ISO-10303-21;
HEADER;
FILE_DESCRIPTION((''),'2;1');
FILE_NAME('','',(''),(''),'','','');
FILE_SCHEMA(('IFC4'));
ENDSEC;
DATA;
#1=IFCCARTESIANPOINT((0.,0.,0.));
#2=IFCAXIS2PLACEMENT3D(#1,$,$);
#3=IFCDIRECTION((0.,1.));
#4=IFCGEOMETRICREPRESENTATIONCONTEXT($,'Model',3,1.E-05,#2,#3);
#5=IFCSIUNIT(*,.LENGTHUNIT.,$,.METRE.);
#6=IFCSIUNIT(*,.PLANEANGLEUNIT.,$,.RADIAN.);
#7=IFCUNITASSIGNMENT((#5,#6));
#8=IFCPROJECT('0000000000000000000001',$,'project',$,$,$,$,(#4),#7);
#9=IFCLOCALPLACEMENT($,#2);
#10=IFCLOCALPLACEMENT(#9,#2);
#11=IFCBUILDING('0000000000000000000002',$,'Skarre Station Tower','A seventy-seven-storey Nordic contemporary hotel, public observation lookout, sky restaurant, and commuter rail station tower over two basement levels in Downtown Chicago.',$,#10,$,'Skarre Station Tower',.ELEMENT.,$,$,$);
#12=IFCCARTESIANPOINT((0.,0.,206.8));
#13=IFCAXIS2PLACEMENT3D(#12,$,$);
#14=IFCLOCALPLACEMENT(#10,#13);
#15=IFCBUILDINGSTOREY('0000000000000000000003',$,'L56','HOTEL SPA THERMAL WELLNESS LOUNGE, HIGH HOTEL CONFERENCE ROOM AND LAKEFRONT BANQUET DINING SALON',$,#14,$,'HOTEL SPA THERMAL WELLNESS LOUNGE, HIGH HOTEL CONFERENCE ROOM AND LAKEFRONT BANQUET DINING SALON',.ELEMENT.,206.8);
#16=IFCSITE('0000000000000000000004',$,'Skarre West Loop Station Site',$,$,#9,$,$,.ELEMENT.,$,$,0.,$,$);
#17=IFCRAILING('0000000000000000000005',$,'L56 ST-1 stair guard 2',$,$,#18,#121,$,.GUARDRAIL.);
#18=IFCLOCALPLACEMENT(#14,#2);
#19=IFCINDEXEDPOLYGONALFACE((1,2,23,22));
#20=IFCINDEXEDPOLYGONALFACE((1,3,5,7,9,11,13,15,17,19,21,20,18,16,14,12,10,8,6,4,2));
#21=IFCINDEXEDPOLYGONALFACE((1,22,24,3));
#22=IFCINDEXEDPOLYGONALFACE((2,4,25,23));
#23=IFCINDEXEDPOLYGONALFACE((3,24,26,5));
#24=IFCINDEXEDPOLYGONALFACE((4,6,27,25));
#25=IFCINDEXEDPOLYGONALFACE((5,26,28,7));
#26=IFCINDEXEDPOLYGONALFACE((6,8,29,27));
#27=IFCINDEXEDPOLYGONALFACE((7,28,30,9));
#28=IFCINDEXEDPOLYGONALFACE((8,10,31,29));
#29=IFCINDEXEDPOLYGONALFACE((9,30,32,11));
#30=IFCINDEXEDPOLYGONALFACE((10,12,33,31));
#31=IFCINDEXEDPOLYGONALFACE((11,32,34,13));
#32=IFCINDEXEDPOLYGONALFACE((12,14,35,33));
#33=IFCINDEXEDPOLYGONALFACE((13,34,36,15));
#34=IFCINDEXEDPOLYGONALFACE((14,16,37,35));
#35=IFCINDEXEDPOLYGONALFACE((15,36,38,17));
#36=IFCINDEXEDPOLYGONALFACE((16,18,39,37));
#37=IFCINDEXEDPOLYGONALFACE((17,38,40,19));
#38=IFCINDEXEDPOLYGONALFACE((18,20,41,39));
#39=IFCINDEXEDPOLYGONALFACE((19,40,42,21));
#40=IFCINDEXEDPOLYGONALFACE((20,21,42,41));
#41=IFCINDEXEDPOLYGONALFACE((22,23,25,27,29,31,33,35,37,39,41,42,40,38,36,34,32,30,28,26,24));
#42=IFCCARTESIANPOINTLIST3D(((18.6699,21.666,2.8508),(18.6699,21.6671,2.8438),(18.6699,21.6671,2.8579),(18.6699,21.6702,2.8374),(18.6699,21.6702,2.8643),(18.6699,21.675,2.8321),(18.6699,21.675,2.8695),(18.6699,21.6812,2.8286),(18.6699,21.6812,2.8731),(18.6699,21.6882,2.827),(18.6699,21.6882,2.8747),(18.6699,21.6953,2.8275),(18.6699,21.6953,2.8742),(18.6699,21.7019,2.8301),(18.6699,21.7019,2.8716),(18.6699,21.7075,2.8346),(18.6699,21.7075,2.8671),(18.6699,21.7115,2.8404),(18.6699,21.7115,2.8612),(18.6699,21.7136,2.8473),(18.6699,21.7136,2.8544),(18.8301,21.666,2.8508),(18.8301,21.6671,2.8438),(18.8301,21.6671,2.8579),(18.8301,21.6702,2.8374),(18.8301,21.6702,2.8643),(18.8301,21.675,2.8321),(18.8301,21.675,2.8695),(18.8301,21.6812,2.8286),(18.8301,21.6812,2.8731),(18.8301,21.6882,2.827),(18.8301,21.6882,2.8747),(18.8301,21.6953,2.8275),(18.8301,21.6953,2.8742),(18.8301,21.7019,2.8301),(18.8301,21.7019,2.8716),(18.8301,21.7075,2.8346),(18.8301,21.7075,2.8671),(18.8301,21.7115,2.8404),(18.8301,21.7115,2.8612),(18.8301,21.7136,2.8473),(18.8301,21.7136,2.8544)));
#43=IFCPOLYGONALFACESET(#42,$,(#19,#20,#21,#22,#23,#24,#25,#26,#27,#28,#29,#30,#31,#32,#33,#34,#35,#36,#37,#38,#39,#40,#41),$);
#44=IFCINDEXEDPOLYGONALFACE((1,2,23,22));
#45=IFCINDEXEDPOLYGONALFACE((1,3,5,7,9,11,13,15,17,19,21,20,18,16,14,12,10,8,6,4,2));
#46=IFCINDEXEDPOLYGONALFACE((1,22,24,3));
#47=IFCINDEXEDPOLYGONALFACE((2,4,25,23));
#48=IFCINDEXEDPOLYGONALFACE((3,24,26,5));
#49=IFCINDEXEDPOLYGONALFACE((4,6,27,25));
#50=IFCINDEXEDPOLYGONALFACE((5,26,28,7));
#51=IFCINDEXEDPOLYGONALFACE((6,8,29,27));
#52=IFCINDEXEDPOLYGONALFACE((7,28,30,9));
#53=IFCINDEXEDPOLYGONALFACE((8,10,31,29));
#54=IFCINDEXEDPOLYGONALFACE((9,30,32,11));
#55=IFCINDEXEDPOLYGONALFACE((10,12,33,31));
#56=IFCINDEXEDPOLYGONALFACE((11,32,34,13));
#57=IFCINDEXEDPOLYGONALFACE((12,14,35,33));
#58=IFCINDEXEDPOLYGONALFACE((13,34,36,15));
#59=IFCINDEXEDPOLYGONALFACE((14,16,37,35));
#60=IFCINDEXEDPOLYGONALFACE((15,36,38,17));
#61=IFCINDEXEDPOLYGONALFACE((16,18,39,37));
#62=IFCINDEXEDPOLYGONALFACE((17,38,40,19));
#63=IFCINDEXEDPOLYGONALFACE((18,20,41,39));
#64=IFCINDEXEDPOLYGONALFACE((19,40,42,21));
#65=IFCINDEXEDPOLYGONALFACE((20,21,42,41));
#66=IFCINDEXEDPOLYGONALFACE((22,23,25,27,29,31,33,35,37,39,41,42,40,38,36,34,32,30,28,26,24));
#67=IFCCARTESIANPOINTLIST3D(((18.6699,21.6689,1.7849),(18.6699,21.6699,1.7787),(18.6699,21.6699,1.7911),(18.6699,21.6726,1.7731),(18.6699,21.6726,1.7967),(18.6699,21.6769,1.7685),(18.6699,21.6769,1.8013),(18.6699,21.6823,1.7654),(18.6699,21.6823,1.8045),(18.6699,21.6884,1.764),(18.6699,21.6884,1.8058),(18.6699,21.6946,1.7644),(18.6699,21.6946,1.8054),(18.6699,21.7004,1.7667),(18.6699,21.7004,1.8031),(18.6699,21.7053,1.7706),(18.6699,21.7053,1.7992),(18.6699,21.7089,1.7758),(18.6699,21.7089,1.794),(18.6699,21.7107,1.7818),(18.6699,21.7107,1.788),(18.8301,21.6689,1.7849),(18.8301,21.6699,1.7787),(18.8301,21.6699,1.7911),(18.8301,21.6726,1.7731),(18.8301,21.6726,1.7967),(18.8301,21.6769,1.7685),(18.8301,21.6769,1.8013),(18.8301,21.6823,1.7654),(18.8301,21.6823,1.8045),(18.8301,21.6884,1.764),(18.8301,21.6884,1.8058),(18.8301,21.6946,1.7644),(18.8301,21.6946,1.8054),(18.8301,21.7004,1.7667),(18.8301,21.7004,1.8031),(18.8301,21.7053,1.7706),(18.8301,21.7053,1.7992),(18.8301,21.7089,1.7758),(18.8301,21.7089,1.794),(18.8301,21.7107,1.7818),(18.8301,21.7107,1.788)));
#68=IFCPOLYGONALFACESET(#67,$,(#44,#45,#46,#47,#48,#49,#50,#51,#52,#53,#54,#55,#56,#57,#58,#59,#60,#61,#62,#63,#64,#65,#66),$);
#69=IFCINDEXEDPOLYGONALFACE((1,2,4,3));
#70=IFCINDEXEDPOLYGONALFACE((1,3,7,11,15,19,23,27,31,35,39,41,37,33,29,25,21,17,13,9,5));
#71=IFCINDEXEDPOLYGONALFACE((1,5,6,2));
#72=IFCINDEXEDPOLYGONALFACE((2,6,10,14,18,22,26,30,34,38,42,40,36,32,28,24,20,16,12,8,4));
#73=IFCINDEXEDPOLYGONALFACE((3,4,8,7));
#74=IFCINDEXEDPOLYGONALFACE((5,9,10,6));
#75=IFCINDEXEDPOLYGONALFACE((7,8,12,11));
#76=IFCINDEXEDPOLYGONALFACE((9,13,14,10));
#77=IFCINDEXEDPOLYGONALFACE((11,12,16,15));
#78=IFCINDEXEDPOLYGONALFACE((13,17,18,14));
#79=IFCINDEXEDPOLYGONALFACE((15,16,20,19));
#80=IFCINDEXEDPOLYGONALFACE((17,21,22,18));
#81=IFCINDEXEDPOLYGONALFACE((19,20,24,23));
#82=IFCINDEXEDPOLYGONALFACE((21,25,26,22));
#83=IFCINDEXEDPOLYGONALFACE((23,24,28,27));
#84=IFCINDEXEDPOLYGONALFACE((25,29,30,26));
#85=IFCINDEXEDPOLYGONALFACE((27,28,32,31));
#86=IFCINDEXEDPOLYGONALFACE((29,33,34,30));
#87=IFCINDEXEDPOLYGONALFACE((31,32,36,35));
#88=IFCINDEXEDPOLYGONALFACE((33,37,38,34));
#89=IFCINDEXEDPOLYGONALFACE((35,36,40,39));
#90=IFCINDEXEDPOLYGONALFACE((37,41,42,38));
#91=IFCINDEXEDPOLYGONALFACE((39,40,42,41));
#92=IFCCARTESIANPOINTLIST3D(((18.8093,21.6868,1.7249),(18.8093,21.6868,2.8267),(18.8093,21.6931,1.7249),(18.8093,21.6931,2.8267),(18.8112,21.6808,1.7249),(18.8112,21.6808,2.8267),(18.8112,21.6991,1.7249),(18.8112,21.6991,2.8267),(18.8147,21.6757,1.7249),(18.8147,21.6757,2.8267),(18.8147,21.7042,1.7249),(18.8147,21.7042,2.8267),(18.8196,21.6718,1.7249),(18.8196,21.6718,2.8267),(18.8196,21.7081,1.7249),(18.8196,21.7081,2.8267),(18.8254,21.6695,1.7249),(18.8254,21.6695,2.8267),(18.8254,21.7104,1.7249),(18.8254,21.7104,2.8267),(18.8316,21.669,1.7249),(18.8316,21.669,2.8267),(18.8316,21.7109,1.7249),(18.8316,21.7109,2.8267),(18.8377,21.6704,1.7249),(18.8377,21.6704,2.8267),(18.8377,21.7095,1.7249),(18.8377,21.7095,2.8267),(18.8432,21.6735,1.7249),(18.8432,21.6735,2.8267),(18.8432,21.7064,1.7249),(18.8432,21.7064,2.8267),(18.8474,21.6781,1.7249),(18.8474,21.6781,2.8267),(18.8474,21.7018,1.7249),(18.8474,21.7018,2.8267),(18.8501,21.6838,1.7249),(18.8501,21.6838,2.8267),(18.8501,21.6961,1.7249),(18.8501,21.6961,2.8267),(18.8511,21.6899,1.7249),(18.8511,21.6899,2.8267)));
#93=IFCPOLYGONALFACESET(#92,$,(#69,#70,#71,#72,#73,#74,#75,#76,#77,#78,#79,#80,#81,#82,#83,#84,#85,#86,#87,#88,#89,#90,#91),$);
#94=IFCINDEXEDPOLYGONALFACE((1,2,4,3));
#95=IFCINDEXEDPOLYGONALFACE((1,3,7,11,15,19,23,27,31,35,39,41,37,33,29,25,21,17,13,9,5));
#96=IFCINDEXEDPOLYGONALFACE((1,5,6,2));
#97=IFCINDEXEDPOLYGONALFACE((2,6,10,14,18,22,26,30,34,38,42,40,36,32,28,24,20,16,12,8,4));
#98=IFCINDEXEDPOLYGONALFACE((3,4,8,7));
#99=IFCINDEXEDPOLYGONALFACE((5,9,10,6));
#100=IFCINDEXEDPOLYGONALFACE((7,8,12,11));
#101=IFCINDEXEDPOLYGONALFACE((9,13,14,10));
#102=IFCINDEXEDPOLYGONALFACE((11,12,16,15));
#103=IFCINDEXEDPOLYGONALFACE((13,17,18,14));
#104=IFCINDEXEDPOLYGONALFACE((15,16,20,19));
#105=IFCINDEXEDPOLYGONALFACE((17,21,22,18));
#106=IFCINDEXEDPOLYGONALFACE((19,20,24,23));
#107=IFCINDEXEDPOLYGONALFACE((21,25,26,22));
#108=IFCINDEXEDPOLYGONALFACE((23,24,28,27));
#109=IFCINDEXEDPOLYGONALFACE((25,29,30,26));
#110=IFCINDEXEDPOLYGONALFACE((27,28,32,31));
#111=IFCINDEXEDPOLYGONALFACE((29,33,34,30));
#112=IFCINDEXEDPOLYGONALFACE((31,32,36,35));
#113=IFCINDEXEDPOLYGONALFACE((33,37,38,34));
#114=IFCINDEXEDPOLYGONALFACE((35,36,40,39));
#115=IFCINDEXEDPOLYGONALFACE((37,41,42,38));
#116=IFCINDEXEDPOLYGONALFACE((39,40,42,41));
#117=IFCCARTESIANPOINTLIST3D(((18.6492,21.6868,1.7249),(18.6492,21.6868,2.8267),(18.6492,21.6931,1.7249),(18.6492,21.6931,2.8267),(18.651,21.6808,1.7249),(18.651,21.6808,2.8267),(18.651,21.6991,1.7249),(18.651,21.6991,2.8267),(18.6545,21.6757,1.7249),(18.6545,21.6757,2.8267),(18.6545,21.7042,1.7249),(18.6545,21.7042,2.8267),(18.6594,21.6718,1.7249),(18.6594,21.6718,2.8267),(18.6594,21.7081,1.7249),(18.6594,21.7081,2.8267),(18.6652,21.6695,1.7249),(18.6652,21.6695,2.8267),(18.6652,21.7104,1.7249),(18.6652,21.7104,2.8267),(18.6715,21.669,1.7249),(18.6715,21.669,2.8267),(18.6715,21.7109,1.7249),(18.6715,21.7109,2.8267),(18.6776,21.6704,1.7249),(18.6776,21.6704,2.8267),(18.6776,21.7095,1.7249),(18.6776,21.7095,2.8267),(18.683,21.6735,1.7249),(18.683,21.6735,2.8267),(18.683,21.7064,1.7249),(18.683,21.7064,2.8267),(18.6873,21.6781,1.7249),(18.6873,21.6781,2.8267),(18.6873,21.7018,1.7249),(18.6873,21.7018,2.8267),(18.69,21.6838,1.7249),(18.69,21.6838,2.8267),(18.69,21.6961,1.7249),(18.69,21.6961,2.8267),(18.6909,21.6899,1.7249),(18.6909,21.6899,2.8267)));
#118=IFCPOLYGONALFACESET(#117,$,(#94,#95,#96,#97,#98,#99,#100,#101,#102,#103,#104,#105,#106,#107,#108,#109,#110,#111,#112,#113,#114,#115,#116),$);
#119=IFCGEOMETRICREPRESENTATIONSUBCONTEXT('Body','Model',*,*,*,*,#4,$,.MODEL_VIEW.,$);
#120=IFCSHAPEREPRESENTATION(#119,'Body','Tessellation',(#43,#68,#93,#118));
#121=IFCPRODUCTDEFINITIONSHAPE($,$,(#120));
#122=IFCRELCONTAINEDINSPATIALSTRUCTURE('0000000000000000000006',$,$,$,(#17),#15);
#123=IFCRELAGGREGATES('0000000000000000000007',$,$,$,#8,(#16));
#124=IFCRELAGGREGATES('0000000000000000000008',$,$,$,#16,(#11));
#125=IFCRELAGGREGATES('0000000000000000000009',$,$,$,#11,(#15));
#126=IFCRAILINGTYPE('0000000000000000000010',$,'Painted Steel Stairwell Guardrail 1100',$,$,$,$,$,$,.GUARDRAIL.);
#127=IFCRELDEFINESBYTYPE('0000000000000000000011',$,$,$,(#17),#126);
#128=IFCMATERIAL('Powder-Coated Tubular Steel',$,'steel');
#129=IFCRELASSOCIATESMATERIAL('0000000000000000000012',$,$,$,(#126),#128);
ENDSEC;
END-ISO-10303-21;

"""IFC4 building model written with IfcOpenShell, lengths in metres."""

from ifc_helpers import new_model, si_unit, direction, frame, origin, origin_2d, place, context, subcontext, project, spatial, circle, extrude, material, type_object, element, save


model = new_model("IFC4")

# Units and contexts
model_context = context("Model", 3, precision=1e-05, world=origin(), true_north=direction((0.0, 1.0)))
body_context = subcontext(model_context, "Body", "Model", "MODEL_VIEW")
ifc_project = project(units=[si_unit("LENGTHUNIT", "METRE"), si_unit("PLANEANGLEUNIT", "RADIAN")], contexts=[model_context])

# Site, building, storey
site_placement = place(None, origin())
site = spatial("IfcSite", under=ifc_project, at=site_placement, Name="Skarre West Loop Station Site", CompositionType="ELEMENT", RefElevation=0.0)
building_placement = place(site_placement, origin())
building = spatial("IfcBuilding", under=site, at=building_placement, Name="Skarre Station Tower", Description="A seventy-seven-storey Nordic contemporary hotel, public observation lookout, sky restaurant, and commuter rail station tower over two basement levels in Downtown Chicago.", LongName="Skarre Station Tower", CompositionType="ELEMENT")
storey_placement = place(building_placement, frame((0.0, 0.0, 206.8)))
storey = spatial("IfcBuildingStorey", under=building, at=storey_placement, Name="L56", Description="HOTEL SPA THERMAL WELLNESS LOUNGE, HIGH HOTEL CONFERENCE ROOM AND LAKEFRONT BANQUET DINING SALON", LongName="HOTEL SPA THERMAL WELLNESS LOUNGE, HIGH HOTEL CONFERENCE ROOM AND LAKEFRONT BANQUET DINING SALON", CompositionType="ELEMENT", Elevation=206.8)

# Railing
ifc_material_1 = material(Name="Powder-Coated Tubular Steel", Category="steel")
railing_type_1 = type_object("IfcRailingType", Name="Painted Steel Stairwell Guardrail 1100", PredefinedType="GUARDRAIL", material=ifc_material_1)
railing_1_placement = place(storey_placement, frame((18.8301, 21.6899, 1.7249)))
element("IfcRailing", 1, at=railing_1_placement, inside=storey, type_object=railing_type_1, Name="L56 ST-1 stair guard 2", PredefinedType="GUARDRAIL", context=body_context, shape_type="SweptSolid", body=[
    extrude(circle(Radius=0.0239, at=origin_2d()), frame((0.0, 0.0, 1.126), z_axis=(-1.0, 0.0, 0.0), x_axis=(0.0, -1.0, 0.0)), (0.0, 0.0, 1.0), 0.1602),
    extrude(circle(Radius=0.021, at=origin_2d()), frame((0.0, 0.0, 0.0601), z_axis=(-1.0, 0.0, 0.0), x_axis=(0.0, -1.0, 0.0)), (0.0, 0.0, 1.0), 0.1602),
    extrude(circle(Radius=0.021, at=origin_2d()), origin(), (0.0, 0.0, 1.0), 1.1018),
    extrude(circle(Radius=0.021, at=origin_2d()), frame((-0.1602, 0.0, 0.0)), (0.0, 0.0, 1.0), 1.1018),
])

save(model, "model.ifc")
